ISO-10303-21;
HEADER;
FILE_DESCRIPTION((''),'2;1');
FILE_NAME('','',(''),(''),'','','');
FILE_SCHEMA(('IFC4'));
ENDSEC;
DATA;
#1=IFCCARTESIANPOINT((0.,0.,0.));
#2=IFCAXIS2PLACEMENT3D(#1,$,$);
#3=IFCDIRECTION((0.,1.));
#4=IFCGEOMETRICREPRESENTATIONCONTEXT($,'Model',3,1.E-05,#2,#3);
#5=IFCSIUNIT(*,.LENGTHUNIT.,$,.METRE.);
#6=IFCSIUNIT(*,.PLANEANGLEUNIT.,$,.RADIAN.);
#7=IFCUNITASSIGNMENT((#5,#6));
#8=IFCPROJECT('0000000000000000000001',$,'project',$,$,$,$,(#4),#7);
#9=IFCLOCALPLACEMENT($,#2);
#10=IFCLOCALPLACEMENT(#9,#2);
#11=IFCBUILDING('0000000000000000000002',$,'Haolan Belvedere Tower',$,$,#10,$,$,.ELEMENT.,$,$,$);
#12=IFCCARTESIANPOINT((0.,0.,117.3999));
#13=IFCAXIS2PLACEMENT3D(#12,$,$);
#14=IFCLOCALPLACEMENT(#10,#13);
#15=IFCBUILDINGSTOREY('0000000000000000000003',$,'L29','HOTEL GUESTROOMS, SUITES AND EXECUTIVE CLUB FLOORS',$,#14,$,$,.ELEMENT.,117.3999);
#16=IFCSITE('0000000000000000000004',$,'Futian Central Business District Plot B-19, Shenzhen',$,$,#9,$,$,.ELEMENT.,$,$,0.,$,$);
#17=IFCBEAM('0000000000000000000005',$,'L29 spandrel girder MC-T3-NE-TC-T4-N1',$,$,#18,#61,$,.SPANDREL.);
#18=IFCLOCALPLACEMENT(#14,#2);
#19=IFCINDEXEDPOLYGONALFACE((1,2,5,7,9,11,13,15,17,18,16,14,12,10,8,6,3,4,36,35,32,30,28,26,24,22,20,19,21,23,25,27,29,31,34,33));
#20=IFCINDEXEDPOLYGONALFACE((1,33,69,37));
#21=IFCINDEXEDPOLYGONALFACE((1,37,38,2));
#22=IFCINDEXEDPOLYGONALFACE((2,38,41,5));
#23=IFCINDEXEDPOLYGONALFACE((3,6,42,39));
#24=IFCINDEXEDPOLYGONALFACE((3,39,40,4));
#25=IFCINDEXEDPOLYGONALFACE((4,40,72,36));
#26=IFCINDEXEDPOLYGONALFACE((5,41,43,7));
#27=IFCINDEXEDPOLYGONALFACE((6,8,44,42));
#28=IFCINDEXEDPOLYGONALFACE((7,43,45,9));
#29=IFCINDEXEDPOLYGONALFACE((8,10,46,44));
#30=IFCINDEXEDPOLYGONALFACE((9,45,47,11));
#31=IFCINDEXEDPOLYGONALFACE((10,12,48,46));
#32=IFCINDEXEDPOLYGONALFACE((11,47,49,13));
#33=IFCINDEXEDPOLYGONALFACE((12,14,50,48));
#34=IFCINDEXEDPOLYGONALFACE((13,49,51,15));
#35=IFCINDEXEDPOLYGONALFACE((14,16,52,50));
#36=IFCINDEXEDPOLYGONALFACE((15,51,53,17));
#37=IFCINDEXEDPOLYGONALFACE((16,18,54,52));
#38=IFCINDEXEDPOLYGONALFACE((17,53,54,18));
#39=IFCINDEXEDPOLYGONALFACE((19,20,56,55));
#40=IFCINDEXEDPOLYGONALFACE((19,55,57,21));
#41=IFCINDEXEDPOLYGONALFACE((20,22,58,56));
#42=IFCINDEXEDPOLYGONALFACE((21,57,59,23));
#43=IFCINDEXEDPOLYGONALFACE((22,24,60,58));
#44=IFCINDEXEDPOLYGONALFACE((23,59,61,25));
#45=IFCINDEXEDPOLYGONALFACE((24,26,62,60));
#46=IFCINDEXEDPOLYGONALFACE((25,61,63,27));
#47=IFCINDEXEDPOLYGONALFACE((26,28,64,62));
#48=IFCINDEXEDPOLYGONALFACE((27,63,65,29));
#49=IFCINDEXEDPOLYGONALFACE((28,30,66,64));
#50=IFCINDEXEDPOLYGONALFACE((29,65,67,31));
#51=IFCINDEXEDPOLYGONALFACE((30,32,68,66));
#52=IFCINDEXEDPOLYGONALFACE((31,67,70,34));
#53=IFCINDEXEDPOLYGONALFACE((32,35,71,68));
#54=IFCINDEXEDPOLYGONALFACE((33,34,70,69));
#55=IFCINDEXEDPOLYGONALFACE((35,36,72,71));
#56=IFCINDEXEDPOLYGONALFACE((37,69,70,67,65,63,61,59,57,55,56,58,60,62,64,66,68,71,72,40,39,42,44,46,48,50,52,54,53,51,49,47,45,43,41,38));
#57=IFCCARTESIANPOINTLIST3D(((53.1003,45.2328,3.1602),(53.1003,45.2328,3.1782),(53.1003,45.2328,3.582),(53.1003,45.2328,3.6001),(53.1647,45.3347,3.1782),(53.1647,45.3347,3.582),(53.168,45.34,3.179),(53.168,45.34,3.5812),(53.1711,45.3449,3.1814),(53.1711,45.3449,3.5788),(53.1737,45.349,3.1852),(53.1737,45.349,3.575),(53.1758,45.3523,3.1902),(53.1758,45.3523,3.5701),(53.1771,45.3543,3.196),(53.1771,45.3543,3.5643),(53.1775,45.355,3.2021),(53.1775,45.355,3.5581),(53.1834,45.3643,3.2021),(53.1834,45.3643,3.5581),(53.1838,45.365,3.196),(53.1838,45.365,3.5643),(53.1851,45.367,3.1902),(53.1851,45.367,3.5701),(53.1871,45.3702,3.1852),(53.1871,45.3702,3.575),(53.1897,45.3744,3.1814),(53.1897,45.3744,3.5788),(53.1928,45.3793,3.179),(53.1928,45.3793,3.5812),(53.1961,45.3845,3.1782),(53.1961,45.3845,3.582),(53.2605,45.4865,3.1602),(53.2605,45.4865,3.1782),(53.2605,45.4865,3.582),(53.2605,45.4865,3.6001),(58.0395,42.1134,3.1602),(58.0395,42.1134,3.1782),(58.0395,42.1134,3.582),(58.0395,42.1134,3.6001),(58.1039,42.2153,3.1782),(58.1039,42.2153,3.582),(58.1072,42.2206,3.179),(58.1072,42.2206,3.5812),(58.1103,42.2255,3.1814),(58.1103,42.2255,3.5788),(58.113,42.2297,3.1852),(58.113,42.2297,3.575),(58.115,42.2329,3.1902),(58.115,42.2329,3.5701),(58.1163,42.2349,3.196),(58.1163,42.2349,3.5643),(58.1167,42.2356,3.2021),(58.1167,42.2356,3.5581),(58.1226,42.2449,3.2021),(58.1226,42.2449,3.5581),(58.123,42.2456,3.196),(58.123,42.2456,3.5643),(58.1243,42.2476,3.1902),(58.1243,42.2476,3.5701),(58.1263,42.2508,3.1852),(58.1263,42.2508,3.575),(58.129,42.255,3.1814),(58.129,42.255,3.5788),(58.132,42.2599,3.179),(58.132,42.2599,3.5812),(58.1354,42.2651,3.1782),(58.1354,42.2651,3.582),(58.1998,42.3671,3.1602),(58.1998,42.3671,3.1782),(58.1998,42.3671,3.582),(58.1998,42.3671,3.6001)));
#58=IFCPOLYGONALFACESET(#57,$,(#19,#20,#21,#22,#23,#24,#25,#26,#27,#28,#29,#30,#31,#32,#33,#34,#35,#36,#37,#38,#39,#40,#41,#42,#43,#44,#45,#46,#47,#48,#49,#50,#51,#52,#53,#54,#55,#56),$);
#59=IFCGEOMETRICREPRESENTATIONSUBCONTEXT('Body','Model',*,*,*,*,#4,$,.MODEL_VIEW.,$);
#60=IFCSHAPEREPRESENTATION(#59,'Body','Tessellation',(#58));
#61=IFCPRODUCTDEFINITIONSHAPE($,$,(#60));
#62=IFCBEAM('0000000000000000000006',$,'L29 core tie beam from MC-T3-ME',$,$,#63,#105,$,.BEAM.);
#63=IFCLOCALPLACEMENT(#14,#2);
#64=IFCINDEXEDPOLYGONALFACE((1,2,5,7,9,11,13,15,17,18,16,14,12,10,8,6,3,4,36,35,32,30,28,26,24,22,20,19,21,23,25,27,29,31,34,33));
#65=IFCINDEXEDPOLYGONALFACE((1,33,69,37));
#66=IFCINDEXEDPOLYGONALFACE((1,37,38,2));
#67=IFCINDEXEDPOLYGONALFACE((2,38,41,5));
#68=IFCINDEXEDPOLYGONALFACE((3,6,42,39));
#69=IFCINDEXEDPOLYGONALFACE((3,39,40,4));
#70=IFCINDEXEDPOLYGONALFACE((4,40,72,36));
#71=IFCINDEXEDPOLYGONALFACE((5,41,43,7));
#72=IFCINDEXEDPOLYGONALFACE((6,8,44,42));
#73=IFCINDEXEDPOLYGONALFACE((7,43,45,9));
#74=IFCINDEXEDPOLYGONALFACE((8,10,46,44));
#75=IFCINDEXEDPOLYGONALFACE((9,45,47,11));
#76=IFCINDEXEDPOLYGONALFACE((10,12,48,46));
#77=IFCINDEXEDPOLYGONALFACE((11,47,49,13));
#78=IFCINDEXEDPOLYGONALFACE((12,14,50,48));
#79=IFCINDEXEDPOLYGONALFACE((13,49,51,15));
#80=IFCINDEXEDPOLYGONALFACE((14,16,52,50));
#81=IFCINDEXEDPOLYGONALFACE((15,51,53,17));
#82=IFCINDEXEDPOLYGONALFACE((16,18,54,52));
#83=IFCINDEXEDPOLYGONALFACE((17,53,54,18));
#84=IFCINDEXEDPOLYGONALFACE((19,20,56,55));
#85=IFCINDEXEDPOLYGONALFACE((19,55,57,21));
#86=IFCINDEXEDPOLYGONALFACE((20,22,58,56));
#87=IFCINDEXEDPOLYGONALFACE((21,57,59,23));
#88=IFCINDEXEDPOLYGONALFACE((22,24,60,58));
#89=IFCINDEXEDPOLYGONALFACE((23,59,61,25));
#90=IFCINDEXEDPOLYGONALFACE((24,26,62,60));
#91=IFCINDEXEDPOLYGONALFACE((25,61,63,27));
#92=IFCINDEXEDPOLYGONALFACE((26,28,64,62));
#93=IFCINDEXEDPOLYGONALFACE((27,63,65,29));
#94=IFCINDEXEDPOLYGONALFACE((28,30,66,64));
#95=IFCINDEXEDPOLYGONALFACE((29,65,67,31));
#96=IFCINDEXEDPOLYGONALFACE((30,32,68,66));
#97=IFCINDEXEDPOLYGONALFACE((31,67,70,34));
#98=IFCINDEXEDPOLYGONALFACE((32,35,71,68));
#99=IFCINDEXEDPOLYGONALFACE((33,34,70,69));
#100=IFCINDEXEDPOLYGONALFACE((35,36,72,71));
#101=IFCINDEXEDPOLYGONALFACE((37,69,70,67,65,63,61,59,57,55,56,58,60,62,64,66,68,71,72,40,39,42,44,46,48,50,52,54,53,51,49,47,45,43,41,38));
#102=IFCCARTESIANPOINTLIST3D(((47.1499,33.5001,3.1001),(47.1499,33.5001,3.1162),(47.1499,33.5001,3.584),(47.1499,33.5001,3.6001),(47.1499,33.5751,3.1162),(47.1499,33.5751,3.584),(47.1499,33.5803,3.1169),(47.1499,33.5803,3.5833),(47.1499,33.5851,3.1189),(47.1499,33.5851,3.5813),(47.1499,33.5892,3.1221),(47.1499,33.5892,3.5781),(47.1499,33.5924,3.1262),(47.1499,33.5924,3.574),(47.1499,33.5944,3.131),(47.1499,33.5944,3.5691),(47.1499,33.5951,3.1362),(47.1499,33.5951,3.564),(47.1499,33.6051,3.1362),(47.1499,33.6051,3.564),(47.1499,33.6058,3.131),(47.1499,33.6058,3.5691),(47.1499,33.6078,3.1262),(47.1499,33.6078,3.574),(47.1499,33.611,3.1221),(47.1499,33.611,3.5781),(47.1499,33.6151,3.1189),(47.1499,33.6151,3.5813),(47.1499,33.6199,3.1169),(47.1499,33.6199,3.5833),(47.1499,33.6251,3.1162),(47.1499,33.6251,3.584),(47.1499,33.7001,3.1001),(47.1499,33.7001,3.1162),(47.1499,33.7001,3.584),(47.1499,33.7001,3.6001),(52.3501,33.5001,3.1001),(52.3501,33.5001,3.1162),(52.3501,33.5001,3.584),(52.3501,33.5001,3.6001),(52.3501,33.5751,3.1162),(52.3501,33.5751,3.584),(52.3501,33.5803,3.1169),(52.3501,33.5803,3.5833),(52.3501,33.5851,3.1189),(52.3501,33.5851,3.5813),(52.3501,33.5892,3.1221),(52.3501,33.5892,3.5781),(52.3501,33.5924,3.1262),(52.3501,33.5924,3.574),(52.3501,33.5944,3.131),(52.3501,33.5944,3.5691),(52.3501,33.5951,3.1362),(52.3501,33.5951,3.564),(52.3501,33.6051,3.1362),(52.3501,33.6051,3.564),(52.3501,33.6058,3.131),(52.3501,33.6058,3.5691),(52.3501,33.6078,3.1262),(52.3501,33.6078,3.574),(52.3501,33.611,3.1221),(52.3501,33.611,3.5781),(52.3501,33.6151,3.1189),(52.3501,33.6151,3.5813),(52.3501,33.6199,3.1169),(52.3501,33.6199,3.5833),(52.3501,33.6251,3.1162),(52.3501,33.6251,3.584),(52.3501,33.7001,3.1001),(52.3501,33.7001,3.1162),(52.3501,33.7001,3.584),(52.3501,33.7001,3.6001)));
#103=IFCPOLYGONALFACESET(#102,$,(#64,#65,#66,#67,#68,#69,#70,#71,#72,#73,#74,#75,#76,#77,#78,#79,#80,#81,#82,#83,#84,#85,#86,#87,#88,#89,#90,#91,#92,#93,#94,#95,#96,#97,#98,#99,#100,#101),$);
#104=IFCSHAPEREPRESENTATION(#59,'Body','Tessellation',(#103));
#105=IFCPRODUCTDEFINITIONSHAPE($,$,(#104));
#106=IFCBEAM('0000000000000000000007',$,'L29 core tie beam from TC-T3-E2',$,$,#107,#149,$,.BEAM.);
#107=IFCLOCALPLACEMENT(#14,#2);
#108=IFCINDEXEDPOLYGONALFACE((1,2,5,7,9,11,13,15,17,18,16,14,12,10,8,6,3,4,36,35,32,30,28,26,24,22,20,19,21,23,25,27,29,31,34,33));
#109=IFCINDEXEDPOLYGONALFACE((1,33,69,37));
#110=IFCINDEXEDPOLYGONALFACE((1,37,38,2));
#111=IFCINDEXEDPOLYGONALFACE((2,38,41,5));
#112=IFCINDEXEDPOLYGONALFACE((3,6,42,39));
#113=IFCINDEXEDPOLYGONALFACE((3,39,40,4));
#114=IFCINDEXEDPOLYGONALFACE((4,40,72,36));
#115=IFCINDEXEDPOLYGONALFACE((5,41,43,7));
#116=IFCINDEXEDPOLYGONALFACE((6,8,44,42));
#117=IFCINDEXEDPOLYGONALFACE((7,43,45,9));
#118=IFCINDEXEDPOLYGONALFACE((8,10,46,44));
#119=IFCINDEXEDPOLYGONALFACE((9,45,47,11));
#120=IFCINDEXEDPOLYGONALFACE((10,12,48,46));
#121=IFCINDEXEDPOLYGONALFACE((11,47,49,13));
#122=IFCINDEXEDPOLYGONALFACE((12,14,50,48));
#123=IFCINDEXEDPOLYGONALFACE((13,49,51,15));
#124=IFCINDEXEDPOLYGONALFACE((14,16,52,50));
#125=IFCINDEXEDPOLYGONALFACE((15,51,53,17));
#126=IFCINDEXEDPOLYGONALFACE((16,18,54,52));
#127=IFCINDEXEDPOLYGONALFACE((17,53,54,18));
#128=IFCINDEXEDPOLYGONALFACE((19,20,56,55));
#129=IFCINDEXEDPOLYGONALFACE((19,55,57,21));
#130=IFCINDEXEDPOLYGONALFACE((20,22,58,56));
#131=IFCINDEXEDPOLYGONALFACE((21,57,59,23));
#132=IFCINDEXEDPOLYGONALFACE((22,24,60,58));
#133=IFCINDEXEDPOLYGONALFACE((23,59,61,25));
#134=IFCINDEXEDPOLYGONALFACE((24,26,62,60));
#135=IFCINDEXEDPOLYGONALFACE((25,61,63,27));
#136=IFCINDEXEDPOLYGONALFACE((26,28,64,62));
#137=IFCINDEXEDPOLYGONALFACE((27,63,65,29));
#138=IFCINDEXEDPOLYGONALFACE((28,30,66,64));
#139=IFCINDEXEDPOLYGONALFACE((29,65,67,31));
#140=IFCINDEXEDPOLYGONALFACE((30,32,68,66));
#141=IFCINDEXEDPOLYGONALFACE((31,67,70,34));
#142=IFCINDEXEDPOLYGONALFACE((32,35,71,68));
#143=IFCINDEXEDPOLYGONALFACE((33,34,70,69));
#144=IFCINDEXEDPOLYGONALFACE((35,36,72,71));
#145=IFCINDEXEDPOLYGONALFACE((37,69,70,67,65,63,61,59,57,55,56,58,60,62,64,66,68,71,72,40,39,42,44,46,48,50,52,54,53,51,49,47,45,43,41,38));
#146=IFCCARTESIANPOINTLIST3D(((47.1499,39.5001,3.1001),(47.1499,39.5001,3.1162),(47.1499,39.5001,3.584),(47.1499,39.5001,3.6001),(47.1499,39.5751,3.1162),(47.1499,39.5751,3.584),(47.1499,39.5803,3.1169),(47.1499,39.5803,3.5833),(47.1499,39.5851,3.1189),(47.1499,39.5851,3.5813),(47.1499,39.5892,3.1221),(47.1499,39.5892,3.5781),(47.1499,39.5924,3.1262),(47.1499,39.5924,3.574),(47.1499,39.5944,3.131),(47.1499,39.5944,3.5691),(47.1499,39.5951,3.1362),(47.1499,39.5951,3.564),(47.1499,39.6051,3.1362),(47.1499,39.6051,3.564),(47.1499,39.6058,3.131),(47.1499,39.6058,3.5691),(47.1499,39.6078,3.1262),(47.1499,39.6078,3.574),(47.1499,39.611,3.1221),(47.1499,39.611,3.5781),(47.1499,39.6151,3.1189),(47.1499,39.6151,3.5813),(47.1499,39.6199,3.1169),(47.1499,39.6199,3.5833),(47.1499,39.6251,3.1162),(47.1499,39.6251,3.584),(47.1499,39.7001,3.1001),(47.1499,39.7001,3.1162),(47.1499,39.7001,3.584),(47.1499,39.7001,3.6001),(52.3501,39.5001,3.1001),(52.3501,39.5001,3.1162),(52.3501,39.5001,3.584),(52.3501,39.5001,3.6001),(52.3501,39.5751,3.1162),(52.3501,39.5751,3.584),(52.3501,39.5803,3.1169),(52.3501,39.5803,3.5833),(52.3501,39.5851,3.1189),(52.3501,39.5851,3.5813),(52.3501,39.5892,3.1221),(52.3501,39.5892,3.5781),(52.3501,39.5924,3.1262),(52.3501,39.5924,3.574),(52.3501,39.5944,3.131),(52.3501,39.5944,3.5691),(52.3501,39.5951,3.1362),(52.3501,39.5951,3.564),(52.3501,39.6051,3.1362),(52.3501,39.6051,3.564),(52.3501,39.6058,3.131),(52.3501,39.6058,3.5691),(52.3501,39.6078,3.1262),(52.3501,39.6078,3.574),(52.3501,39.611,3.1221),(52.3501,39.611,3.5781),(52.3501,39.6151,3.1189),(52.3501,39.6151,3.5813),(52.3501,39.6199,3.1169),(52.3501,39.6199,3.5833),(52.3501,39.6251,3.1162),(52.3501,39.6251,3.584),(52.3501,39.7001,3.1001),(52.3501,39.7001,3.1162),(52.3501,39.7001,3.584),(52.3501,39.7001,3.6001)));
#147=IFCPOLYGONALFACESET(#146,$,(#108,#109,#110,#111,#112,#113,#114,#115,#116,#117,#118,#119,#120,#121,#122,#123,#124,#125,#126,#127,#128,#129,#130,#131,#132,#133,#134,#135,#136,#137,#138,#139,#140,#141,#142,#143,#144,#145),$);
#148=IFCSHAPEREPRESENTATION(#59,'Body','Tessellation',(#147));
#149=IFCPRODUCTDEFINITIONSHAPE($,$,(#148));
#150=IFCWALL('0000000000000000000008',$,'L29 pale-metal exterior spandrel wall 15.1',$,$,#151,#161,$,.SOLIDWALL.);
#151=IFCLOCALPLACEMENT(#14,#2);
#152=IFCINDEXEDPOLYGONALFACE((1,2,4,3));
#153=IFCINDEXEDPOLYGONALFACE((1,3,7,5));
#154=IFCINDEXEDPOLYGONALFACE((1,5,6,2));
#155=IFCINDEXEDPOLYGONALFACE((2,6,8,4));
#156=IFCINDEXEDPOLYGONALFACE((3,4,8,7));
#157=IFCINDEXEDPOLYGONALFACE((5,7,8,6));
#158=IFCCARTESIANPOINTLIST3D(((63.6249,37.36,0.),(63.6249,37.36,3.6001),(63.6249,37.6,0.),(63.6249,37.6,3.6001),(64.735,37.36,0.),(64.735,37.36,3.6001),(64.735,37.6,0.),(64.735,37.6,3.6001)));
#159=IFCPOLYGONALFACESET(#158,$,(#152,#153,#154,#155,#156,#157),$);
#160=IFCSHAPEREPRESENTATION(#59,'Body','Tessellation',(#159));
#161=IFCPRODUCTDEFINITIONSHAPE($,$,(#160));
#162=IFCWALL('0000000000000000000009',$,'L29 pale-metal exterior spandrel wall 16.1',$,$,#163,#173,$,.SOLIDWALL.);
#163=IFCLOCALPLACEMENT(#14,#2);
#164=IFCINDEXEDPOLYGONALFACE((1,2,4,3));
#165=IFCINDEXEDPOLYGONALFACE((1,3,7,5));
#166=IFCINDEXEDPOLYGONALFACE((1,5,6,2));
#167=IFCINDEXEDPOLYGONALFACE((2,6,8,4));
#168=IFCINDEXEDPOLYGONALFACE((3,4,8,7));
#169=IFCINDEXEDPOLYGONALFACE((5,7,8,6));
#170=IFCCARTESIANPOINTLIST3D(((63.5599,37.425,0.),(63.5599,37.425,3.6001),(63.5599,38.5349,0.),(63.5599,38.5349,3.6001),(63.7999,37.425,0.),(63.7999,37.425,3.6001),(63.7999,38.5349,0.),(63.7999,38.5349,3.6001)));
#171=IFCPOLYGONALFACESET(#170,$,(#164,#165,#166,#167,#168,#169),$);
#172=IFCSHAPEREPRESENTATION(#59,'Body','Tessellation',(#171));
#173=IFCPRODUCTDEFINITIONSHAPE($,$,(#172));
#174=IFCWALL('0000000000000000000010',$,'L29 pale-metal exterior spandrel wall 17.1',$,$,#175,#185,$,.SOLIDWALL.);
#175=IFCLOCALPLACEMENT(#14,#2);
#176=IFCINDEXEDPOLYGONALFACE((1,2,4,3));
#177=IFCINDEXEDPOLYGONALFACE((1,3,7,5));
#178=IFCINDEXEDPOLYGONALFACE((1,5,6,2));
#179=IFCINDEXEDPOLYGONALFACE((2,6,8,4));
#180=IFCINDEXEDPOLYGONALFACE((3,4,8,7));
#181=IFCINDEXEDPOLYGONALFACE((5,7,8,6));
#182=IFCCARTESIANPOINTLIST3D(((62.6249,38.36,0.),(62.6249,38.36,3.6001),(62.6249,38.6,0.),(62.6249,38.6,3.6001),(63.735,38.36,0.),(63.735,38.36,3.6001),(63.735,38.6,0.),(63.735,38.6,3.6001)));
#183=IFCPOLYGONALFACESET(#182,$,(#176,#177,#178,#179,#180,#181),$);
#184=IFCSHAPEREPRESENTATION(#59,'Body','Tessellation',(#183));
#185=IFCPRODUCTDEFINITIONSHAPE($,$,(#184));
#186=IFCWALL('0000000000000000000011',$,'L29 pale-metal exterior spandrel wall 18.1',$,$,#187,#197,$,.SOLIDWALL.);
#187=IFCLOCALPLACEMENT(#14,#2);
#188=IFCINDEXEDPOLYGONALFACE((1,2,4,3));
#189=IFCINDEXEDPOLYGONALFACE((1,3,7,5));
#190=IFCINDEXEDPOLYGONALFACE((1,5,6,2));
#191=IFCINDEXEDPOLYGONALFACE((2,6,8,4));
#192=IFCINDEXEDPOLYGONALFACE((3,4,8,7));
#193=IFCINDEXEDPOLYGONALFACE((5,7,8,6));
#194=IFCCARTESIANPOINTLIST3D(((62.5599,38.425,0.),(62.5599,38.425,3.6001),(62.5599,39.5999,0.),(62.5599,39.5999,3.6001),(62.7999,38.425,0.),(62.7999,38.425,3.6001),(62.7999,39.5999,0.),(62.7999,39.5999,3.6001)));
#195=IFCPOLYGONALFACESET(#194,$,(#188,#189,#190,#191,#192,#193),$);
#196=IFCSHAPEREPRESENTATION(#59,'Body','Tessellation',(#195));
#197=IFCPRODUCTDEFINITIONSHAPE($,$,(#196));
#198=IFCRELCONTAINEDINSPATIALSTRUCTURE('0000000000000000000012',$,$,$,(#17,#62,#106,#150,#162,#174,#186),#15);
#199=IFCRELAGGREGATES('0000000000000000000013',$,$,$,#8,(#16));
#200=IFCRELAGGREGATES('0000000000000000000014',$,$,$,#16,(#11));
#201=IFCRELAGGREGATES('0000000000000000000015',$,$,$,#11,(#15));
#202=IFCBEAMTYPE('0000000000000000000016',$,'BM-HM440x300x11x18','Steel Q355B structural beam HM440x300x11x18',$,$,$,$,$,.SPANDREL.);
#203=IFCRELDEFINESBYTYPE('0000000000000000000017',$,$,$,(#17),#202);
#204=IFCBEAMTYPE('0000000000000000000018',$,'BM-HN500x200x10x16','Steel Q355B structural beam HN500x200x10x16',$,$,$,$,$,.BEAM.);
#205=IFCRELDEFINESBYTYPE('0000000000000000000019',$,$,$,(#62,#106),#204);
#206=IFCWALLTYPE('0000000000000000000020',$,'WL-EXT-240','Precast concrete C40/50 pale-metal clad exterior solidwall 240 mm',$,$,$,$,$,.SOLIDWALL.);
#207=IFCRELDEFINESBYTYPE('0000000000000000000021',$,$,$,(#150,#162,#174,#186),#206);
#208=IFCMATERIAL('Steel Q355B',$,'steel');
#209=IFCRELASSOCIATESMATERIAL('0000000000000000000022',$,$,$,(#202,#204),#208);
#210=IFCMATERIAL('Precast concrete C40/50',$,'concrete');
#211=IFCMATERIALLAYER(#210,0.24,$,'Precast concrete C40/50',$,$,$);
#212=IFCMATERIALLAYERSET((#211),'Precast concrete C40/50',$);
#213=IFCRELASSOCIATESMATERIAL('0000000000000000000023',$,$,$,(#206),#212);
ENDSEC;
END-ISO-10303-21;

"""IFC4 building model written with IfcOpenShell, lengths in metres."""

from ifc_helpers import new_model, si_unit, direction, frame, frame_2d, origin, origin_2d, place, context, subcontext, project, spatial, rectangle, i_section, extrude, material, layer, layer_set, material_profile, profile_set, type_object, element, save


model = new_model("IFC4")

# Units and contexts
model_context = context("Model", 3, precision=1e-05, world=origin(), true_north=direction((0.0, 1.0)))
body_context = subcontext(model_context, "Body", "Model", "MODEL_VIEW")
ifc_project = project(units=[si_unit("LENGTHUNIT", "METRE"), si_unit("PLANEANGLEUNIT", "RADIAN")], contexts=[model_context])

# Site, building, storey
site_placement = place(None, origin())
site = spatial("IfcSite", under=ifc_project, at=site_placement, Name="Futian Central Business District Plot B-19, Shenzhen", CompositionType="ELEMENT", RefElevation=0.0)
building_placement = place(site_placement, origin())
building = spatial("IfcBuilding", under=site, at=building_placement, Name="Haolan Belvedere Tower", CompositionType="ELEMENT")
storey_placement = place(building_placement, frame((0.0, 0.0, 117.3999)))
storey = spatial("IfcBuildingStorey", under=building, at=storey_placement, Name="L29", Description="HOTEL GUESTROOMS, SUITES AND EXECUTIVE CLUB FLOORS", CompositionType="ELEMENT", Elevation=117.3999)

# Beams
ifc_material_1 = material(Name="Steel Q355B", Category="steel")
ifc_material_profile_1 = material_profile(ifc_material_1, i_section(OverallWidth=0.3, OverallDepth=0.4399, WebThickness=0.011, FlangeThickness=0.0181, FilletRadius=0.0239, at=origin_2d()), Name="Steel Q355B")
ifc_profile_set_1 = profile_set([ifc_material_profile_1], Name="Steel Q355B")
beam_type_1 = type_object("IfcBeamType", Name="BM-HM440x300x11x18", Description="Steel Q355B structural beam HM440x300x11x18", PredefinedType="SPANDREL", material=ifc_profile_set_1)
beam_placement = place(storey_placement, frame((53.1804, 45.3596, 3.3801), z_axis=(0.845498, -0.533979, 0.0), x_axis=(0.533979, 0.845498, 0.0)))
element("IfcBeam", 1, at=beam_placement, inside=storey, type_object=beam_type_1, Name="L29 spandrel girder MC-T3-NE-TC-T4-N1", PredefinedType="SPANDREL", context=body_context, shape_type="SweptSolid", body=[
    extrude(i_section(OverallWidth=0.3, OverallDepth=0.4399, WebThickness=0.011, FlangeThickness=0.0181, FilletRadius=0.0239, at=origin_2d()), origin(), (0.0, 0.0, 1.0), 5.8418),
])
ifc_material_profile_2 = material_profile(ifc_material_1, i_section(OverallWidth=0.2, OverallDepth=0.5, WebThickness=0.01, FlangeThickness=0.0161, FilletRadius=0.02, at=origin_2d()), Name="Steel Q355B")
ifc_profile_set_2 = profile_set([ifc_material_profile_2], Name="Steel Q355B")
beam_type_2 = type_object("IfcBeamType", Name="BM-HN500x200x10x16", Description="Steel Q355B structural beam HN500x200x10x16", PredefinedType="BEAM", material=ifc_profile_set_2)
for number, where, z_axis, x_axis, name in (
    (2, (52.3501, 33.6001, 3.3501), (-1.0, 0.0, 0.0), (0.0, -1.0, 0.0), "L29 core tie beam from MC-T3-ME"),
    (3, (52.3501, 39.6001, 3.3501), (-1.0, 0.0, 0.0), (0.0, -1.0, 0.0), "L29 core tie beam from TC-T3-E2"),
):
    element("IfcBeam", number, at=place(storey_placement, frame(where, z_axis=z_axis, x_axis=x_axis)), inside=storey, type_object=beam_type_2, Name=name, PredefinedType="BEAM", context=body_context, shape_type="SweptSolid", body=[
        extrude(i_section(OverallWidth=0.2, OverallDepth=0.5, WebThickness=0.01, FlangeThickness=0.0161, FilletRadius=0.02, at=origin_2d()), origin(), (0.0, 0.0, 1.0), 5.2002),
    ])

# Walls
ifc_material_2 = material(Name="Precast concrete C40/50", Category="concrete")
ifc_layer_1 = layer(ifc_material_2, 0.24, Name="Precast concrete C40/50")
ifc_layer_set_1 = layer_set([ifc_layer_1], Name="Precast concrete C40/50")
wall_type_1 = type_object("IfcWallType", Name="WL-EXT-240", Description="Precast concrete C40/50 pale-metal clad exterior solidwall 240 mm", PredefinedType="SOLIDWALL", material=ifc_layer_set_1)
wall_1_placement = place(storey_placement, frame((64.7351, 37.48, 0.0), z_axis=(0.0, 0.0, 1.0), x_axis=(-1.0, 0.0, 0.0)))
element("IfcWall", 4, at=wall_1_placement, inside=storey, type_object=wall_type_1, Name="L29 pale-metal exterior spandrel wall 15.1", PredefinedType="SOLIDWALL", context=body_context, shape_type="SweptSolid", body=[
    extrude(rectangle(XDim=1.1101, YDim=0.24, at=frame_2d((0.5552, 0.0))), origin(), (0.0, 0.0, 1.0), 3.6001),
])
wall_2_placement = place(storey_placement, frame((63.6799, 37.425, 0.0), z_axis=(0.0, 0.0, 1.0), x_axis=(0.0, 1.0, 0.0)))
element("IfcWall", 5, at=wall_2_placement, inside=storey, type_object=wall_type_1, Name="L29 pale-metal exterior spandrel wall 16.1", PredefinedType="SOLIDWALL", context=body_context, shape_type="SweptSolid", body=[
    extrude(rectangle(XDim=1.1099, YDim=0.24, at=frame_2d((0.5549, 0.0))), origin(), (0.0, 0.0, 1.0), 3.6001),
])
wall_3_placement = place(storey_placement, frame((63.7351, 38.48, 0.0), z_axis=(0.0, 0.0, 1.0), x_axis=(-1.0, 0.0, 0.0)))
element("IfcWall", 6, at=wall_3_placement, inside=storey, type_object=wall_type_1, Name="L29 pale-metal exterior spandrel wall 17.1", PredefinedType="SOLIDWALL", context=body_context, shape_type="SweptSolid", body=[
    extrude(rectangle(XDim=1.1101, YDim=0.24, at=frame_2d((0.5552, 0.0))), origin(), (0.0, 0.0, 1.0), 3.6001),
])
wall_4_placement = place(storey_placement, frame((62.6799, 38.425, 0.0), z_axis=(0.0, 0.0, 1.0), x_axis=(0.0, 1.0, 0.0)))
element("IfcWall", 7, at=wall_4_placement, inside=storey, type_object=wall_type_1, Name="L29 pale-metal exterior spandrel wall 18.1", PredefinedType="SOLIDWALL", context=body_context, shape_type="SweptSolid", body=[
    extrude(rectangle(XDim=1.1748, YDim=0.24, at=frame_2d((0.5874, 0.0))), origin(), (0.0, 0.0, 1.0), 3.6001),
])

save(model, "model.ifc")
